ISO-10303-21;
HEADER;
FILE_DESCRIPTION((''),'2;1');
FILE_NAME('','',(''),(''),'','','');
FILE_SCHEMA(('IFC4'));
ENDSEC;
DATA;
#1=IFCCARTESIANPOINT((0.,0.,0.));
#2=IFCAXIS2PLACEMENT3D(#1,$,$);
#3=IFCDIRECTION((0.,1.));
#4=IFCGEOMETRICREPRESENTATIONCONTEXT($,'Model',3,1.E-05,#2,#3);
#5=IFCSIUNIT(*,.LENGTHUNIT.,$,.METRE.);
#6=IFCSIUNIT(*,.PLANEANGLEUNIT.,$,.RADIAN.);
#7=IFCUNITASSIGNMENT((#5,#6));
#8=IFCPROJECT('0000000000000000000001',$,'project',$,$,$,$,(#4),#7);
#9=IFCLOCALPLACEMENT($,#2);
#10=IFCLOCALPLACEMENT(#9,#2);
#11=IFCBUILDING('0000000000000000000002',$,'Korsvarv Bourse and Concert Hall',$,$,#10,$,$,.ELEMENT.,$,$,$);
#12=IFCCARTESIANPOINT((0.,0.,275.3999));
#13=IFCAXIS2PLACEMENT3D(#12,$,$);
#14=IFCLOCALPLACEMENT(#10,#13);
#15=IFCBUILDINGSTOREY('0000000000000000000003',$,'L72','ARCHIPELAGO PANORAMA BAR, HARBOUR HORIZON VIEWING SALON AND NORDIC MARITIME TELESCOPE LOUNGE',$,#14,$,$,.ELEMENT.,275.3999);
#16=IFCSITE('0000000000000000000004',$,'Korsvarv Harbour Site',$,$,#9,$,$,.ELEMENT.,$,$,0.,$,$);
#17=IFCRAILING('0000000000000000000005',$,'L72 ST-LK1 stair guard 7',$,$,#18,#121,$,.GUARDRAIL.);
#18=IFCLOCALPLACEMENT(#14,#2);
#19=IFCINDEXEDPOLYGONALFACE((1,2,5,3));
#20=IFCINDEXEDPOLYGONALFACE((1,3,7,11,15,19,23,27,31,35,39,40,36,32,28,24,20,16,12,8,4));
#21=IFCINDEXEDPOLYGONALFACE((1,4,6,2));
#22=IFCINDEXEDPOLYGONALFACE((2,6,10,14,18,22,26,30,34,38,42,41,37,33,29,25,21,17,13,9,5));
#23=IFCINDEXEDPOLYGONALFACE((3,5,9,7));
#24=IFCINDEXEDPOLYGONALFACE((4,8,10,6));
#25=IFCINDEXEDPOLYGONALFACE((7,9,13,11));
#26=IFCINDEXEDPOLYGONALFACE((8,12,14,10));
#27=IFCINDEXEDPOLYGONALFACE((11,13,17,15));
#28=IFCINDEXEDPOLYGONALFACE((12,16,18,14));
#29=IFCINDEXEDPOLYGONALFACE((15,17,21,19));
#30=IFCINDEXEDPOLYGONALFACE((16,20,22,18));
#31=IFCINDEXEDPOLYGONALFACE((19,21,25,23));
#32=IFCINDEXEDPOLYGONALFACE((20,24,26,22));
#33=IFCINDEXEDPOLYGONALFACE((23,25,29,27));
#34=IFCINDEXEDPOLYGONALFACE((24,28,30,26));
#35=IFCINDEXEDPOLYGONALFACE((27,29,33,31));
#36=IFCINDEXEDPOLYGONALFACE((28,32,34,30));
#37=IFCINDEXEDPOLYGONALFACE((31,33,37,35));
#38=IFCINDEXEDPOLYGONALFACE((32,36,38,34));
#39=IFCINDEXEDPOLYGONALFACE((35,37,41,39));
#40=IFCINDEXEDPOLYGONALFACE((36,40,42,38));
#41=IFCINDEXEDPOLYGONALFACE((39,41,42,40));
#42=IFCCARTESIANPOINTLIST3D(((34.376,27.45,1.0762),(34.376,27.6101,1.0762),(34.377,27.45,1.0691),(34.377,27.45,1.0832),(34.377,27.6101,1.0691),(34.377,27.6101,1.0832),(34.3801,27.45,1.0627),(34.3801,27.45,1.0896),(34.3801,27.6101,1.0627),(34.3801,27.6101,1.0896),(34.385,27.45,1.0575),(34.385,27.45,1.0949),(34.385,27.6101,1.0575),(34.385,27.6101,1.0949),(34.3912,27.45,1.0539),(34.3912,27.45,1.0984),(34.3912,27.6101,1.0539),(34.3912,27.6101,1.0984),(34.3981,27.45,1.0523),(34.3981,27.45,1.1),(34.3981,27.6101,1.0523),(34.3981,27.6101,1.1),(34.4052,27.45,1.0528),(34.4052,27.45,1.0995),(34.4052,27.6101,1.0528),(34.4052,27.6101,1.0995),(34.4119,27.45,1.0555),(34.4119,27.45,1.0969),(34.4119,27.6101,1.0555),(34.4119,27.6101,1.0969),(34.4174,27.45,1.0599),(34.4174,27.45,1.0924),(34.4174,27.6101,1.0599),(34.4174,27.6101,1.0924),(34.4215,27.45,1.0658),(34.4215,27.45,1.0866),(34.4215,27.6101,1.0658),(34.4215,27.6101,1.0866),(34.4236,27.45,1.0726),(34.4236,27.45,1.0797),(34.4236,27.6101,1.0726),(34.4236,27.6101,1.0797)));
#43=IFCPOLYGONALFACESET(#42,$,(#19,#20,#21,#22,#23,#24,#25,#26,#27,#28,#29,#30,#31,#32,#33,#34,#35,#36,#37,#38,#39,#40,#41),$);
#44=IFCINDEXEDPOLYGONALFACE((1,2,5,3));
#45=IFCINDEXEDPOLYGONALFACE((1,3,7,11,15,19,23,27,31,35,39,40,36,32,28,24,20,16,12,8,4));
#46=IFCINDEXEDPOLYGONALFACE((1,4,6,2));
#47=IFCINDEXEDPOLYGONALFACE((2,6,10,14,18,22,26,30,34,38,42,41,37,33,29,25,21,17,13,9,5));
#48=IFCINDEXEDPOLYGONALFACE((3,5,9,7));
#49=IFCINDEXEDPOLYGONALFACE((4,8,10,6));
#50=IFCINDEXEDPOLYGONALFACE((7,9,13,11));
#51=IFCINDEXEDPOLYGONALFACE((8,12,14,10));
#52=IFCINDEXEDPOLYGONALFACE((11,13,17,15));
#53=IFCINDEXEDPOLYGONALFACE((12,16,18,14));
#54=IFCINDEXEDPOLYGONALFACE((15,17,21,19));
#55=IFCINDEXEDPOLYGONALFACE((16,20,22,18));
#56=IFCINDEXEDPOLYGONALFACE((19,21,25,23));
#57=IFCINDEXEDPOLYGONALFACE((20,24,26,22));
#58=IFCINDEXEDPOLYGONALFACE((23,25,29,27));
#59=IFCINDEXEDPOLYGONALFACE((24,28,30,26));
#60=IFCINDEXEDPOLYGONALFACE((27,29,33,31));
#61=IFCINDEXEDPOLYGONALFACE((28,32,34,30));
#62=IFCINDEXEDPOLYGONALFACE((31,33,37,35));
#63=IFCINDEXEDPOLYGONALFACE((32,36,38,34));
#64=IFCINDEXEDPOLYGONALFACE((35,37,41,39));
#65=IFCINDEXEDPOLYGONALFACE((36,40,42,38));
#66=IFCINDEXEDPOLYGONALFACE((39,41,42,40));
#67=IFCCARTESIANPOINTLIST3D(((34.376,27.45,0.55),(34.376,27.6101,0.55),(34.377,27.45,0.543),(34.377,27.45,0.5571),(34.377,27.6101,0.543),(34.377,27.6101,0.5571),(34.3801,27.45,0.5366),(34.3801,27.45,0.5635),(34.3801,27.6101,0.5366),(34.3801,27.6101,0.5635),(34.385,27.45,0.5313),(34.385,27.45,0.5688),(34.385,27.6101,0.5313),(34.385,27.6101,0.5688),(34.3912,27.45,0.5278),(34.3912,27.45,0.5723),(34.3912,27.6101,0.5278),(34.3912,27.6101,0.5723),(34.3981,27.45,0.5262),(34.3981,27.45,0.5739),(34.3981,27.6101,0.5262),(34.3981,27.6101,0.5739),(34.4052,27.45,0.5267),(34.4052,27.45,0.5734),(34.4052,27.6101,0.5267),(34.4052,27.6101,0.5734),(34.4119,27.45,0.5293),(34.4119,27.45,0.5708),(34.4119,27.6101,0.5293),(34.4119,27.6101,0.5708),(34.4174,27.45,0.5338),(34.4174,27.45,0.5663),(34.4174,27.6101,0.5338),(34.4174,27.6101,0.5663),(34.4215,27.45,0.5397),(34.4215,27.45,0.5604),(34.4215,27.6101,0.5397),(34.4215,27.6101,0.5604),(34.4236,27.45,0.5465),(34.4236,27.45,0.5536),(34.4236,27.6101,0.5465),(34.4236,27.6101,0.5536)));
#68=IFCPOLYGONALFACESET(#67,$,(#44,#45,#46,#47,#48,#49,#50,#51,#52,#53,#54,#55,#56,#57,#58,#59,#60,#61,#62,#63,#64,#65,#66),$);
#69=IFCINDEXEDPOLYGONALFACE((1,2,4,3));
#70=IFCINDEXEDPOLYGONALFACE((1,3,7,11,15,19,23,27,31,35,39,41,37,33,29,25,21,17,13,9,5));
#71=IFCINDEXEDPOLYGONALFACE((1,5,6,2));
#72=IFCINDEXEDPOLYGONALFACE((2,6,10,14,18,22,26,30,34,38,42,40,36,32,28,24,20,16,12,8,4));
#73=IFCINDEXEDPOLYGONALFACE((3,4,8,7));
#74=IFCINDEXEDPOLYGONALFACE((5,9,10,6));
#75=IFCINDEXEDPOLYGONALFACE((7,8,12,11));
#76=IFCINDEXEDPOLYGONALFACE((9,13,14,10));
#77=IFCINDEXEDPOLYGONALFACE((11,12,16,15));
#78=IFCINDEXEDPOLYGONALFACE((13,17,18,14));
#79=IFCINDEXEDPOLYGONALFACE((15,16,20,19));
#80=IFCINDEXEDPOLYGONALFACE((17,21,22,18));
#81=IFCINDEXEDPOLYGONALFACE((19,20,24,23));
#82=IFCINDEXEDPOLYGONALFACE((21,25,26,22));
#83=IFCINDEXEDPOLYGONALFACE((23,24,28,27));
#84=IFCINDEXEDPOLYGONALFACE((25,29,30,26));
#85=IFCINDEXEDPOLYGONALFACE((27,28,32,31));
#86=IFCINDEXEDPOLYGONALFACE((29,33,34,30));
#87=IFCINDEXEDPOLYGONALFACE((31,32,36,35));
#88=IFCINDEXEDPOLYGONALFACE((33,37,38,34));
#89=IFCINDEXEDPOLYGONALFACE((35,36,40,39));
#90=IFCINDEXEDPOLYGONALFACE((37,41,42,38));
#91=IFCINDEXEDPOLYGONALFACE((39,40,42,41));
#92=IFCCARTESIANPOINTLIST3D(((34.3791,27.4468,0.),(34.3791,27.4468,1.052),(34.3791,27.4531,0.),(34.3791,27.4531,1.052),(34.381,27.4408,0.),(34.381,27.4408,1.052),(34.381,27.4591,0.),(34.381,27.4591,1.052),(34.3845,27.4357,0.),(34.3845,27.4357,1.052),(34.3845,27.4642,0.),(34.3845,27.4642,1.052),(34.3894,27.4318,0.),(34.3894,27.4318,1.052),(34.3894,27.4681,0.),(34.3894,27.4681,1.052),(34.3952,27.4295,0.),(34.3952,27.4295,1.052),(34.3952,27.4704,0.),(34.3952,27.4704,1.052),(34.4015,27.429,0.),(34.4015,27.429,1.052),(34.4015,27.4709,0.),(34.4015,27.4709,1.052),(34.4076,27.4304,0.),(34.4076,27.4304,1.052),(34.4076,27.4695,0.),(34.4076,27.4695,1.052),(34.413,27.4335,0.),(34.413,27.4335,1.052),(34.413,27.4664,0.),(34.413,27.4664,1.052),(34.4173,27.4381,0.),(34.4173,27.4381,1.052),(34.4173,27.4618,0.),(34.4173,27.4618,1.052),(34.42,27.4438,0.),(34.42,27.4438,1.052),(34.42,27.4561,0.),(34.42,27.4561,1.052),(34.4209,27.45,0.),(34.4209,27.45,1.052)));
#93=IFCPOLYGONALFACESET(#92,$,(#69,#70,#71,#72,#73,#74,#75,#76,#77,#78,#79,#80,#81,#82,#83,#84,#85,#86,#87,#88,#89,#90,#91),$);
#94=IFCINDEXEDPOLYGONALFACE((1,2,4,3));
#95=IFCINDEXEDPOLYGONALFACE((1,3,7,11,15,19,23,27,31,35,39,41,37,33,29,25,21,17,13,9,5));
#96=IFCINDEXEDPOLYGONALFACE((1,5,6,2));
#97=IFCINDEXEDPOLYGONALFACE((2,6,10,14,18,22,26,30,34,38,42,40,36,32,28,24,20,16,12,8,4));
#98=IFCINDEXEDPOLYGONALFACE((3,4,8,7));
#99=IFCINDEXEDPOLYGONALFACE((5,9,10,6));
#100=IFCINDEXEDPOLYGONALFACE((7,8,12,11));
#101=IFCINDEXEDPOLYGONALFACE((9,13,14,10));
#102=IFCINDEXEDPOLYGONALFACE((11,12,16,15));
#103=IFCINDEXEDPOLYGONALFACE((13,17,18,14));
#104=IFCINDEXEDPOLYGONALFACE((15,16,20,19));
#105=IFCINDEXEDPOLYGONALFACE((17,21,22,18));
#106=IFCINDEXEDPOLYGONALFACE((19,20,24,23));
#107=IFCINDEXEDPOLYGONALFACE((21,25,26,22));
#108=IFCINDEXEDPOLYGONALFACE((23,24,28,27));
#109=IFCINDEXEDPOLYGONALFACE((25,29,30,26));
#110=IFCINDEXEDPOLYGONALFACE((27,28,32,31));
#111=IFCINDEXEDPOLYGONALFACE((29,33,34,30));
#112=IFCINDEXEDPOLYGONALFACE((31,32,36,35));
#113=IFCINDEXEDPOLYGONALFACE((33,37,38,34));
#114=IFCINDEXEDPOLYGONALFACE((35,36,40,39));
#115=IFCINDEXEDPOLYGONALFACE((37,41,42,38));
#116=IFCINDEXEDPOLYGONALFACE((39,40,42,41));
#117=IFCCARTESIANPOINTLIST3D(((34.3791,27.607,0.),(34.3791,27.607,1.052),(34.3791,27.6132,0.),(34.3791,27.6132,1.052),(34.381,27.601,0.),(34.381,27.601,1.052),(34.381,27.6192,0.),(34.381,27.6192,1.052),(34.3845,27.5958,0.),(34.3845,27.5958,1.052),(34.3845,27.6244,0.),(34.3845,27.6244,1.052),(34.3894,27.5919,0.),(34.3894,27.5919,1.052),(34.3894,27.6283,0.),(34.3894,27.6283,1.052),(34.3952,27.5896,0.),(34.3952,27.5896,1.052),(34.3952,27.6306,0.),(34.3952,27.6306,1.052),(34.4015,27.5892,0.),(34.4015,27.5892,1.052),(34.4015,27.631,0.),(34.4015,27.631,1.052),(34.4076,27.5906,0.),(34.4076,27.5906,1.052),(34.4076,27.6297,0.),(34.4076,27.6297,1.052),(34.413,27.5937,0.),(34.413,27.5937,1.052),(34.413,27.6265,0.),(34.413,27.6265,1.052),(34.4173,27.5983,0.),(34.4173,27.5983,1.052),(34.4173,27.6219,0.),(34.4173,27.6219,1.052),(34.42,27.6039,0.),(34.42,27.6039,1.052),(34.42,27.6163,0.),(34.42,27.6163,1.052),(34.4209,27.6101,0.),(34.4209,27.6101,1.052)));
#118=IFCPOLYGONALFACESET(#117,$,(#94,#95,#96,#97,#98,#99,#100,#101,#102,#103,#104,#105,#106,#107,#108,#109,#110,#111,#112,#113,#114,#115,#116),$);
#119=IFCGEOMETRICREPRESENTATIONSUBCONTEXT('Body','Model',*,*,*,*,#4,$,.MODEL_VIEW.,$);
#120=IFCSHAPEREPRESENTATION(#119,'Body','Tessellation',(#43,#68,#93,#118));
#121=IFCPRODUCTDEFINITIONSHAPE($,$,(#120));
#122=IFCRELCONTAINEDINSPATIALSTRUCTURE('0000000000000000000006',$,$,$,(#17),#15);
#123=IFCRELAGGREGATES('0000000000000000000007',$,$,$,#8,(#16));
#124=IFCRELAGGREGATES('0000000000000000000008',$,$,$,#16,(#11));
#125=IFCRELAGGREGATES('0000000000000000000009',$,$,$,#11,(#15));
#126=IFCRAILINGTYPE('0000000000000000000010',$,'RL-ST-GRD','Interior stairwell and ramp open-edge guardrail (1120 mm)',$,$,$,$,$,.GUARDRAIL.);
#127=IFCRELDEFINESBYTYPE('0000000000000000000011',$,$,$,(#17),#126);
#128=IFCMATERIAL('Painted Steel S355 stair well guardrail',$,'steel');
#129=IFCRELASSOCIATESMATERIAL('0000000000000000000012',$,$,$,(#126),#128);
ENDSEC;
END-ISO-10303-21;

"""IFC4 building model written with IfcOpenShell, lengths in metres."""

from ifc_helpers import new_model, si_unit, direction, frame, origin, origin_2d, place, context, subcontext, project, spatial, circle, extrude, material, type_object, element, save


model = new_model("IFC4")

# Units and contexts
model_context = context("Model", 3, precision=1e-05, world=origin(), true_north=direction((0.0, 1.0)))
body_context = subcontext(model_context, "Body", "Model", "MODEL_VIEW")
ifc_project = project(units=[si_unit("LENGTHUNIT", "METRE"), si_unit("PLANEANGLEUNIT", "RADIAN")], contexts=[model_context])

# Site, building, storey
site_placement = place(None, origin())
site = spatial("IfcSite", under=ifc_project, at=site_placement, Name="Korsvarv Harbour Site", CompositionType="ELEMENT", RefElevation=0.0)
building_placement = place(site_placement, origin())
building = spatial("IfcBuilding", under=site, at=building_placement, Name="Korsvarv Bourse and Concert Hall", CompositionType="ELEMENT")
storey_placement = place(building_placement, frame((0.0, 0.0, 275.3999)))
storey = spatial("IfcBuildingStorey", under=building, at=storey_placement, Name="L72", Description="ARCHIPELAGO PANORAMA BAR, HARBOUR HORIZON VIEWING SALON AND NORDIC MARITIME TELESCOPE LOUNGE", CompositionType="ELEMENT", Elevation=275.3999)

# Railing
ifc_material_1 = material(Name="Painted Steel S355 stair well guardrail", Category="steel")
railing_type_1 = type_object("IfcRailingType", Name="RL-ST-GRD", Description="Interior stairwell and ramp open-edge guardrail (1120 mm)", PredefinedType="GUARDRAIL", material=ifc_material_1)
railing_1_placement = place(storey_placement, frame((34.3999, 27.45, 0.0)))
element("IfcRailing", 1, at=railing_1_placement, inside=storey, type_object=railing_type_1, Name="L72 ST-LK1 stair guard 7", PredefinedType="GUARDRAIL", context=body_context, shape_type="SweptSolid", body=[
    extrude(circle(Radius=0.0239, at=origin_2d()), frame((0.0, 0.0, 1.0762), z_axis=(0.0, 1.0, 0.0), x_axis=(-1.0, 0.0, 0.0)), (0.0, 0.0, 1.0), 0.1602),
    extrude(circle(Radius=0.0239, at=origin_2d()), frame((0.0, 0.0, 0.55), z_axis=(0.0, 1.0, 0.0), x_axis=(-1.0, 0.0, 0.0)), (0.0, 0.0, 1.0), 0.1602),
    extrude(circle(Radius=0.021, at=origin_2d()), origin(), (0.0, 0.0, 1.0), 1.052),
    extrude(circle(Radius=0.021, at=origin_2d()), frame((0.0, 0.1602, 0.0)), (0.0, 0.0, 1.0), 1.052),
])

save(model, "model.ifc")
